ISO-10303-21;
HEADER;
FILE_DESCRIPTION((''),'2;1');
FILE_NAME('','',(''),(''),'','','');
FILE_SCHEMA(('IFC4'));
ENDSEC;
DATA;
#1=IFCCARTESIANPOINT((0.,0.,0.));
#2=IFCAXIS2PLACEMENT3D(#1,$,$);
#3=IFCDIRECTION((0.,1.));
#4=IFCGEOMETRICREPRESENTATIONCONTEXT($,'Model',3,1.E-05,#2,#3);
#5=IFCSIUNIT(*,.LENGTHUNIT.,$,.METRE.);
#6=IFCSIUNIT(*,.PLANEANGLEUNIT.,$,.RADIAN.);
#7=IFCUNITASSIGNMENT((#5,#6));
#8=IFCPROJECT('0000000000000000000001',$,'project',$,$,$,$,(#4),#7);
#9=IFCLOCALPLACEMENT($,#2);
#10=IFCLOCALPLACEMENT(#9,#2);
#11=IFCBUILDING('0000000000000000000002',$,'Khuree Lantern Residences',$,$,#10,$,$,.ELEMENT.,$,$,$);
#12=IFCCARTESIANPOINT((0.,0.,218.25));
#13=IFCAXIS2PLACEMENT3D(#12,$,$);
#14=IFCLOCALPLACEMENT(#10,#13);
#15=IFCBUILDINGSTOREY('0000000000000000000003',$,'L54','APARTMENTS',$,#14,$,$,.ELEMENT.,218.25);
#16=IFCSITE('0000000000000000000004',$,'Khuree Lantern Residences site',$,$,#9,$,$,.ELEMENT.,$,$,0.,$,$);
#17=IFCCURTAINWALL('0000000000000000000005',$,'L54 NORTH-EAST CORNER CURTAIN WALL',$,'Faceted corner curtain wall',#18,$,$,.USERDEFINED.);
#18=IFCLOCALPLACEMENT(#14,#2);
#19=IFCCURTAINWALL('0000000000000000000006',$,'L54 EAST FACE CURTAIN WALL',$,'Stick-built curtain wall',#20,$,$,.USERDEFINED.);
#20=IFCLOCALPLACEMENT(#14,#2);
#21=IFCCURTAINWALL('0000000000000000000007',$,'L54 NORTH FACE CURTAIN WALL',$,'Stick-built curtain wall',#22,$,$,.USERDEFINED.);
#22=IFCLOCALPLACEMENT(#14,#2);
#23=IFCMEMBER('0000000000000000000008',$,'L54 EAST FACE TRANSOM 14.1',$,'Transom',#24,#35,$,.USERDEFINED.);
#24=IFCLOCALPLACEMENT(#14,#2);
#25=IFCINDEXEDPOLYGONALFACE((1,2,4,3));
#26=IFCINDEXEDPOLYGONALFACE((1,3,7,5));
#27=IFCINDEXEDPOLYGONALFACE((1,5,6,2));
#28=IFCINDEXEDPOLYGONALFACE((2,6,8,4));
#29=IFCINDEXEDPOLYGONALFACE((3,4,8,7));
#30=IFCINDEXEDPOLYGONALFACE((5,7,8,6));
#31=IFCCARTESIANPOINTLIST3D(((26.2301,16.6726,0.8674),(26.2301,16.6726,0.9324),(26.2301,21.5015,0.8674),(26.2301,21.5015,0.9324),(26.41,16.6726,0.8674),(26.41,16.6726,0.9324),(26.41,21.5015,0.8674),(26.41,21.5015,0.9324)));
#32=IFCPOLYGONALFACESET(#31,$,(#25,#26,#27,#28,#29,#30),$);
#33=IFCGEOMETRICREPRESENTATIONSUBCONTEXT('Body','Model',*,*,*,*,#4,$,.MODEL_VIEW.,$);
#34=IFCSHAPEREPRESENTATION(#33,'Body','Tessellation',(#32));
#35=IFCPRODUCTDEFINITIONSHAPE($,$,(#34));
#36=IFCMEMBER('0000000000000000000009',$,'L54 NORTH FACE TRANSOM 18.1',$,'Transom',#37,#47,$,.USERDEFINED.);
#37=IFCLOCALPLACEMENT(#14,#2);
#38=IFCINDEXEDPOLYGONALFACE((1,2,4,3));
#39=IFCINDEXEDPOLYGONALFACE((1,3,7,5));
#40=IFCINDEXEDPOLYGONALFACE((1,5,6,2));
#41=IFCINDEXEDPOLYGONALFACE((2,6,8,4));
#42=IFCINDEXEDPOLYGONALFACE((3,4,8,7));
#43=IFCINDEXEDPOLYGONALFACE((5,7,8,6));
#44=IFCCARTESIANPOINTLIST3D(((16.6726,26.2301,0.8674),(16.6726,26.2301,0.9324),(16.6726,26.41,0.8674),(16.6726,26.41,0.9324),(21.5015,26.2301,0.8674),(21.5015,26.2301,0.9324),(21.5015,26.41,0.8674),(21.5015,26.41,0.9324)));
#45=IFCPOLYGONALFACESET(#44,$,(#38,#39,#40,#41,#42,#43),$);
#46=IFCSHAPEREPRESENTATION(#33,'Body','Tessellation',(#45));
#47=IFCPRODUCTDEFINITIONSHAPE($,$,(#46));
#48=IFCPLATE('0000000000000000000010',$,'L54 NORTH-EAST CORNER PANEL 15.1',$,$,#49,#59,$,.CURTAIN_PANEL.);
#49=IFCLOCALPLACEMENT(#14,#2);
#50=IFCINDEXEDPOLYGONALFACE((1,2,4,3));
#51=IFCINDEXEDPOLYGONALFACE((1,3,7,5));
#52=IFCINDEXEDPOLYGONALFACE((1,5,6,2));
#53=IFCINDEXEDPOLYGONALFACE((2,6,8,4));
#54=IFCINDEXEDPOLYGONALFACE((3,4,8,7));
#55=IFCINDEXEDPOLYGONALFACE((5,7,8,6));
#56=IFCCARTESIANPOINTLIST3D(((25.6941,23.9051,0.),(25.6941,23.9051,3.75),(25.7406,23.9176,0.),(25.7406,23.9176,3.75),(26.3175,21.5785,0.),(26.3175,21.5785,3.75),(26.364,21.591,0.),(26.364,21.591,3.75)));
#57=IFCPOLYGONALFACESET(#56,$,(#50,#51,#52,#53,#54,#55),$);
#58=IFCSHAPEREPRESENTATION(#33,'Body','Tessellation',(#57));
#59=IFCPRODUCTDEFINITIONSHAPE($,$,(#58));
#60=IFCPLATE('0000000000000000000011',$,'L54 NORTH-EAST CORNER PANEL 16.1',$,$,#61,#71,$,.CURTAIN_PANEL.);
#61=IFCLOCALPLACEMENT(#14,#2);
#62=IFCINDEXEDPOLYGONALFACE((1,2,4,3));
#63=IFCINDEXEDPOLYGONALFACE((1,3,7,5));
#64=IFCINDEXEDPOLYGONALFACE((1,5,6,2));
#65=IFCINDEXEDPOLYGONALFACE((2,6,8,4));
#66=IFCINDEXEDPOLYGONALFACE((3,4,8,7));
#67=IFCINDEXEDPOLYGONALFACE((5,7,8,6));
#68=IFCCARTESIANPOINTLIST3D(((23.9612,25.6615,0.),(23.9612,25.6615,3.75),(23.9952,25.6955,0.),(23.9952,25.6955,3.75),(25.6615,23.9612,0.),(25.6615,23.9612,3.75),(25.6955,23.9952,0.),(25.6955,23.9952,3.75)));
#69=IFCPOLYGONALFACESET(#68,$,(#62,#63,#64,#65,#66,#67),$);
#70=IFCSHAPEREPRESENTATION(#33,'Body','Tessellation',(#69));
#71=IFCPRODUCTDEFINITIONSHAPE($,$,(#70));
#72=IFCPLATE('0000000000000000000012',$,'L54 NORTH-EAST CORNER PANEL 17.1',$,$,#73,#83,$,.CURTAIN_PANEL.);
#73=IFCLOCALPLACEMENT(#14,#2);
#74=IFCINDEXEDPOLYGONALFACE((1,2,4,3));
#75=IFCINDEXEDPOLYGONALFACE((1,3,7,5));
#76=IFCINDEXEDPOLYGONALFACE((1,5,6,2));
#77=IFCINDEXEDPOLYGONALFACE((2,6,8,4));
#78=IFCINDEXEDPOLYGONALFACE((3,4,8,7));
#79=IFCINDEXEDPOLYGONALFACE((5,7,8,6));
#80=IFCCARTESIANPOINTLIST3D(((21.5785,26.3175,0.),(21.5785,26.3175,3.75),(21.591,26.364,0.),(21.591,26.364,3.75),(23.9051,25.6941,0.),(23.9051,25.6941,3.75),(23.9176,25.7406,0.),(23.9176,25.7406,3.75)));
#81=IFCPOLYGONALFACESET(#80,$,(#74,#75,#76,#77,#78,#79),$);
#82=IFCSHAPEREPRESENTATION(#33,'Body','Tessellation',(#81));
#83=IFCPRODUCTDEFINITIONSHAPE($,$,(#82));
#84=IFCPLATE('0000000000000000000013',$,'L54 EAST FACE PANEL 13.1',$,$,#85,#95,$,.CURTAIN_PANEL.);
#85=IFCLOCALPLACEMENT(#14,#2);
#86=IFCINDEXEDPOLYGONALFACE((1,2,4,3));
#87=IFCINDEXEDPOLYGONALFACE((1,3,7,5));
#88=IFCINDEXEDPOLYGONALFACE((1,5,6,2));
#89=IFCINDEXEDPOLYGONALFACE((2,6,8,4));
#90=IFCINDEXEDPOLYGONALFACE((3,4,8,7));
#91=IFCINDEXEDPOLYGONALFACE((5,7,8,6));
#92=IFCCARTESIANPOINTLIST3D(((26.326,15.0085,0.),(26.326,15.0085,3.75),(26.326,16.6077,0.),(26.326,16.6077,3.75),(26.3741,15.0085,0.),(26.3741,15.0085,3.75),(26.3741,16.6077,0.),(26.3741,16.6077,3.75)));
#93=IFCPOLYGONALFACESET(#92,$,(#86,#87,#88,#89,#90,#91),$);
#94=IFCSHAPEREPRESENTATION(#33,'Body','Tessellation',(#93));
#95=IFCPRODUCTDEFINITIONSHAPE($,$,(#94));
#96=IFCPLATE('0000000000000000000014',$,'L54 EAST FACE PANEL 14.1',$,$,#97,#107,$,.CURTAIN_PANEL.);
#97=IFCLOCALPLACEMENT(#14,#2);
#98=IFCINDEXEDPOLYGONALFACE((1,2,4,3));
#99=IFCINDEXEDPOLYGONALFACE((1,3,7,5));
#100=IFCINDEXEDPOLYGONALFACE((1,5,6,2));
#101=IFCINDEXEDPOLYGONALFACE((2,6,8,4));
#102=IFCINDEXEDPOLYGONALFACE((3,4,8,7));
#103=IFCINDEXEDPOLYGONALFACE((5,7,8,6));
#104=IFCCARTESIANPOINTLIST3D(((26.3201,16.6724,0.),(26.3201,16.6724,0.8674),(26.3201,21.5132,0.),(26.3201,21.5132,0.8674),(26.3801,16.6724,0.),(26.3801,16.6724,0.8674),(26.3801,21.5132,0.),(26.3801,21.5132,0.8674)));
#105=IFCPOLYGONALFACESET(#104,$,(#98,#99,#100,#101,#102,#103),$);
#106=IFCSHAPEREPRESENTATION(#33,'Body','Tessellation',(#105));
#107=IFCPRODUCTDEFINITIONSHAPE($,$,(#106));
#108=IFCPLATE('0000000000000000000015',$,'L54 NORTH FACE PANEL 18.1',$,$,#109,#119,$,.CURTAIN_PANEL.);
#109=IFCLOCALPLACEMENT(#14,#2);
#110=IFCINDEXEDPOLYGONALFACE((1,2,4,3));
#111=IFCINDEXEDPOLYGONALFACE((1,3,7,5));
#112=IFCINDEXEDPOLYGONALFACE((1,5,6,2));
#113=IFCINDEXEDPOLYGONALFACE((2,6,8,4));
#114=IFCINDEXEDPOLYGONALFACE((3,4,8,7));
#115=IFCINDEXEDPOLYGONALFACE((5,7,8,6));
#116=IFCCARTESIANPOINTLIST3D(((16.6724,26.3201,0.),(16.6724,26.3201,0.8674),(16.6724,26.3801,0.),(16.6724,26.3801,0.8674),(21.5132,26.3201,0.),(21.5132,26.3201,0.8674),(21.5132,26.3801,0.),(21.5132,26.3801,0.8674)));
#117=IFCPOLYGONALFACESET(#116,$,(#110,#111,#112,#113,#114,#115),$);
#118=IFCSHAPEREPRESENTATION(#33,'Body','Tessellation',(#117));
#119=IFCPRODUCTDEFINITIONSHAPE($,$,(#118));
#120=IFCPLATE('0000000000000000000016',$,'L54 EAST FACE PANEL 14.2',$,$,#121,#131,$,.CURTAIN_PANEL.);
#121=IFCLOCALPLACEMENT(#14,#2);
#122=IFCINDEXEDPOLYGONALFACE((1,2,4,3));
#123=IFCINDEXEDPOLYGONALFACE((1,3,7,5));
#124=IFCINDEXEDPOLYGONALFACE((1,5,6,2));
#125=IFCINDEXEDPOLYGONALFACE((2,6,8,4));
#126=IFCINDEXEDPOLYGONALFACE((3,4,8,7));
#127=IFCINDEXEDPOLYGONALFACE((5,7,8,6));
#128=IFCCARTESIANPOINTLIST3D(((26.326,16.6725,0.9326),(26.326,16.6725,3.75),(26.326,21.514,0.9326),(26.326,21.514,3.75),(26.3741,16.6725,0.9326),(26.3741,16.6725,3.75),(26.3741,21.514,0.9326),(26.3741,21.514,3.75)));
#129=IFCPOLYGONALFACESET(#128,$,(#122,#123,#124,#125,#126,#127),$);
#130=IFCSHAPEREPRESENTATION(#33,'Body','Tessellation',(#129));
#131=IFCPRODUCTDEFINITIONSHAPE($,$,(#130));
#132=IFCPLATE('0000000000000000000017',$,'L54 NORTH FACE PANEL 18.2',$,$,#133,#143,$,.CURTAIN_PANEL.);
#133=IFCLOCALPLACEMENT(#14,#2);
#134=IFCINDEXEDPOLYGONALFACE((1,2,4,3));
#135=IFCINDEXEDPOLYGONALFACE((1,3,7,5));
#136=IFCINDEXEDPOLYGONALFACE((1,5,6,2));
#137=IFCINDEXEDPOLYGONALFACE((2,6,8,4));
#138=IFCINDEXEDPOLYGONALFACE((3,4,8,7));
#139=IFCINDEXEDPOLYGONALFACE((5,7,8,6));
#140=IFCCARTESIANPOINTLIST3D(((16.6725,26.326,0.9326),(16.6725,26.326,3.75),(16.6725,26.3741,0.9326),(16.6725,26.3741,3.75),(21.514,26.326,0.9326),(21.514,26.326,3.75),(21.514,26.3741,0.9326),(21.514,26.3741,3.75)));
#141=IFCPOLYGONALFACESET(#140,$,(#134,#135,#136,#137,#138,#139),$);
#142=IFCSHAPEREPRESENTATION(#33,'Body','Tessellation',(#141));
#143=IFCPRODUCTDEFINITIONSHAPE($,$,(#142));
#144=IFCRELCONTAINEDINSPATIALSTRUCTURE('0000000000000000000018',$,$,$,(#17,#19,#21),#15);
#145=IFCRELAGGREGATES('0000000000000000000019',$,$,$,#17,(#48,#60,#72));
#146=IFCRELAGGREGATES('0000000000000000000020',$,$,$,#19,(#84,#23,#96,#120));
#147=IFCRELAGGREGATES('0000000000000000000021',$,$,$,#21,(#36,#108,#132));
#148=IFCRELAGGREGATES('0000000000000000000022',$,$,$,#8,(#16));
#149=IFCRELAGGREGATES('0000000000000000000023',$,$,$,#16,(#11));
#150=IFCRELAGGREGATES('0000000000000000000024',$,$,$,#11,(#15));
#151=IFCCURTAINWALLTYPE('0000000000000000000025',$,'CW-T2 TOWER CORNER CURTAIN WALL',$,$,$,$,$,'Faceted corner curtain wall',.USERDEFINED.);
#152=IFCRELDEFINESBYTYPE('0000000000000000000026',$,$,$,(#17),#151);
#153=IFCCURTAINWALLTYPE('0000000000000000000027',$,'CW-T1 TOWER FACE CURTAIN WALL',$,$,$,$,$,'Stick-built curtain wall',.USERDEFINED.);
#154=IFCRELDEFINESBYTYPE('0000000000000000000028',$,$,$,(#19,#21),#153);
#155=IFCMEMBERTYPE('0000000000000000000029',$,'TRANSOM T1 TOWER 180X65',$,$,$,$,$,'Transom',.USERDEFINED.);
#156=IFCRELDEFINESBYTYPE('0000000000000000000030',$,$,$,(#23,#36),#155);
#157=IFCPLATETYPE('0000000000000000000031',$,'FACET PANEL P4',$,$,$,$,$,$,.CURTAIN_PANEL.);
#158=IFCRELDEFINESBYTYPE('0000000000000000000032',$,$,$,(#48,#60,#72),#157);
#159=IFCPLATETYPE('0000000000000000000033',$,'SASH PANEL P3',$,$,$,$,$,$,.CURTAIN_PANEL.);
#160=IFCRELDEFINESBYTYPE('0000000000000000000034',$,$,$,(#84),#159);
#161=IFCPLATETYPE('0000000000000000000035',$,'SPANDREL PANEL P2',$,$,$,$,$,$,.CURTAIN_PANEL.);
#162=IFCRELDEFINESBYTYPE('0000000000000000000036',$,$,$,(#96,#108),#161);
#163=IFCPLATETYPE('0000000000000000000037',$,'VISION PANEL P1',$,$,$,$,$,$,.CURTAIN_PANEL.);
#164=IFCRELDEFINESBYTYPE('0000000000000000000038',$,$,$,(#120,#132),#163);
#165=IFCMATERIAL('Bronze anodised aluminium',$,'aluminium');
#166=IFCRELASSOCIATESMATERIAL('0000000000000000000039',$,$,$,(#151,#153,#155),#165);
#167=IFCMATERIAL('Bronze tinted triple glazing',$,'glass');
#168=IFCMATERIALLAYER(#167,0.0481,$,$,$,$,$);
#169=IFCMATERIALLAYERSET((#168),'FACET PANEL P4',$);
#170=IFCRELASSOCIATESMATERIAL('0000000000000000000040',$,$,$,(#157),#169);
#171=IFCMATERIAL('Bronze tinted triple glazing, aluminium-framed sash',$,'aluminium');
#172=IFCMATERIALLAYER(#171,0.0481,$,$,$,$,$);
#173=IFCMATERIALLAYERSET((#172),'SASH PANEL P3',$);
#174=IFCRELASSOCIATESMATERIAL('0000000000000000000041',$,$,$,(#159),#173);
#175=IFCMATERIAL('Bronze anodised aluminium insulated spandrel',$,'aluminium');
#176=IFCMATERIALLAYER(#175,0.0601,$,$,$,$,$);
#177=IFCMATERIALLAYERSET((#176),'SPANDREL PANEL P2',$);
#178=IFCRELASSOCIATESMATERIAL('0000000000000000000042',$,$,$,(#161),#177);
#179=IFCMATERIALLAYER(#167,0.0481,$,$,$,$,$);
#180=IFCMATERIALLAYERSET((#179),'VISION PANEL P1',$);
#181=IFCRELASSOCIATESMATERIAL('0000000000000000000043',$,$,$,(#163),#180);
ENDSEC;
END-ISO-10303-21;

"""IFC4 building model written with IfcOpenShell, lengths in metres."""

from ifc_helpers import new_model, si_unit, direction, frame, origin, origin_2d, place, context, subcontext, project, spatial, rectangle, extrude, material, layer, layer_set, material_profile, profile_set, type_object, element, aggregate, save


model = new_model("IFC4")

# Units and contexts
model_context = context("Model", 3, precision=1e-05, world=origin(), true_north=direction((0.0, 1.0)))
body_context = subcontext(model_context, "Body", "Model", "MODEL_VIEW")
ifc_project = project(units=[si_unit("LENGTHUNIT", "METRE"), si_unit("PLANEANGLEUNIT", "RADIAN")], contexts=[model_context])

# Site, building, storey
site_placement = place(None, origin())
site = spatial("IfcSite", under=ifc_project, at=site_placement, Name="Khuree Lantern Residences site", CompositionType="ELEMENT", RefElevation=0.0)
building_placement = place(site_placement, origin())
building = spatial("IfcBuilding", under=site, at=building_placement, Name="Khuree Lantern Residences", CompositionType="ELEMENT")
storey_placement = place(building_placement, frame((0.0, 0.0, 218.25)))
storey = spatial("IfcBuildingStorey", under=building, at=storey_placement, Name="L54", Description="APARTMENTS", CompositionType="ELEMENT", Elevation=218.25)

# Curtain wall
ifc_material_1 = material(Name="Bronze anodised aluminium", Category="aluminium")
curtain_wall_type_1 = type_object("IfcCurtainWallType", Name="CW-T2 TOWER CORNER CURTAIN WALL", ElementType="Faceted corner curtain wall", PredefinedType="USERDEFINED", material=ifc_material_1)
curtain_wall_1_placement = place(storey_placement, origin())
curtain_wall_1 = element("IfcCurtainWall", 1, at=curtain_wall_1_placement, inside=storey, type_object=curtain_wall_type_1, Name="L54 NORTH-EAST CORNER CURTAIN WALL", ObjectType="Faceted corner curtain wall", PredefinedType="USERDEFINED")

# Curtain wall
curtain_wall_type_2 = type_object("IfcCurtainWallType", Name="CW-T1 TOWER FACE CURTAIN WALL", ElementType="Stick-built curtain wall", PredefinedType="USERDEFINED", material=ifc_material_1)
curtain_wall_2_placement = place(storey_placement, origin())
curtain_wall_2 = element("IfcCurtainWall", 2, at=curtain_wall_2_placement, inside=storey, type_object=curtain_wall_type_2, Name="L54 EAST FACE CURTAIN WALL", ObjectType="Stick-built curtain wall", PredefinedType="USERDEFINED")

# Curtain wall
curtain_wall_3_placement = place(storey_placement, origin())
curtain_wall_3 = element("IfcCurtainWall", 3, at=curtain_wall_3_placement, inside=storey, type_object=curtain_wall_type_2, Name="L54 NORTH FACE CURTAIN WALL", ObjectType="Stick-built curtain wall", PredefinedType="USERDEFINED")

# Members
ifc_material_profile_1 = material_profile(ifc_material_1, rectangle(XDim=0.1799, YDim=0.0649, at=origin_2d()), Name="T1 180X65")
ifc_profile_set_1 = profile_set([ifc_material_profile_1], Name="Bronze anodised aluminium")
member_type_1 = type_object("IfcMemberType", Name="TRANSOM T1 TOWER 180X65", ElementType="Transom", PredefinedType="USERDEFINED", material=ifc_profile_set_1)
member_1_placement = place(storey_placement, frame((26.3201, 16.6726, 0.8999), z_axis=(0.0, 1.0, 0.0), x_axis=(-1.0, 0.0, 0.0)))
member_1 = element("IfcMember", 4, at=member_1_placement, type_object=member_type_1, Name="L54 EAST FACE TRANSOM 14.1", ObjectType="Transom", PredefinedType="USERDEFINED", context=body_context, shape_type="SweptSolid", body=[
    extrude(rectangle(XDim=0.1799, YDim=0.0649, at=origin_2d()), origin(), (0.0, 0.0, 1.0), 4.8289),
])
member_2_placement = place(storey_placement, frame((21.5015, 26.3201, 0.8999), z_axis=(-1.0, 0.0, 0.0), x_axis=(0.0, -1.0, 0.0)))
member_2 = element("IfcMember", 5, at=member_2_placement, type_object=member_type_1, Name="L54 NORTH FACE TRANSOM 18.1", ObjectType="Transom", PredefinedType="USERDEFINED", context=body_context, shape_type="SweptSolid", body=[
    extrude(rectangle(XDim=0.1799, YDim=0.0649, at=origin_2d()), origin(), (0.0, 0.0, 1.0), 4.8289),
])

# Plates
ifc_material_2 = material(Name="Bronze tinted triple glazing", Category="glass")
ifc_layer_1 = layer(ifc_material_2, 0.0481)
ifc_layer_set_1 = layer_set([ifc_layer_1], Name="FACET PANEL P4")
plate_type_1 = type_object("IfcPlateType", Name="FACET PANEL P4", PredefinedType="CURTAIN_PANEL", material=ifc_layer_set_1)
plate_1_placement = place(storey_placement, frame((26.0291, 22.748, 0.0), z_axis=(0.0, 0.0, 1.0), x_axis=(-0.258819, 0.965926, 0.0)))
plate_1 = element("IfcPlate", 6, at=plate_1_placement, type_object=plate_type_1, Name="L54 NORTH-EAST CORNER PANEL 15.1", PredefinedType="CURTAIN_PANEL", context=body_context, shape_type="SweptSolid", body=[
    extrude(rectangle(XDim=2.4087, YDim=0.0481, at=origin_2d()), origin(), (0.0, 0.0, 1.0), 3.75),
])
plate_2_placement = place(storey_placement, frame((24.8284, 24.8284, 0.0), z_axis=(0.0, 0.0, 1.0), x_axis=(-0.707107, 0.707107, 0.0)))
plate_2 = element("IfcPlate", 7, at=plate_2_placement, type_object=plate_type_1, Name="L54 NORTH-EAST CORNER PANEL 16.1", PredefinedType="CURTAIN_PANEL", context=body_context, shape_type="SweptSolid", body=[
    extrude(rectangle(XDim=2.4045, YDim=0.0481, at=origin_2d()), origin(), (0.0, 0.0, 1.0), 3.75),
])
plate_3_placement = place(storey_placement, frame((22.748, 26.0291, 0.0), z_axis=(0.0, 0.0, 1.0), x_axis=(-0.965926, 0.258819, 0.0)))
plate_3 = element("IfcPlate", 8, at=plate_3_placement, type_object=plate_type_1, Name="L54 NORTH-EAST CORNER PANEL 17.1", PredefinedType="CURTAIN_PANEL", context=body_context, shape_type="SweptSolid", body=[
    extrude(rectangle(XDim=2.4087, YDim=0.0481, at=origin_2d()), origin(), (0.0, 0.0, 1.0), 3.75),
])
aggregate(curtain_wall_1, [plate_1, plate_2, plate_3])
ifc_material_3 = material(Name="Bronze tinted triple glazing, aluminium-framed sash", Category="aluminium")
ifc_layer_2 = layer(ifc_material_3, 0.0481)
ifc_layer_set_2 = layer_set([ifc_layer_2], Name="SASH PANEL P3")
plate_type_2 = type_object("IfcPlateType", Name="SASH PANEL P3", PredefinedType="CURTAIN_PANEL", material=ifc_layer_set_2)
plate_4_placement = place(storey_placement, frame((26.3501, 15.8081, 0.0), z_axis=(0.0, 0.0, 1.0), x_axis=(0.0, 1.0, 0.0)))
plate_4 = element("IfcPlate", 9, at=plate_4_placement, type_object=plate_type_2, Name="L54 EAST FACE PANEL 13.1", PredefinedType="CURTAIN_PANEL", context=body_context, shape_type="SweptSolid", body=[
    extrude(rectangle(XDim=1.5991, YDim=0.0481, at=origin_2d()), origin(), (0.0, 0.0, 1.0), 3.75),
])
ifc_material_4 = material(Name="Bronze anodised aluminium insulated spandrel", Category="aluminium")
ifc_layer_3 = layer(ifc_material_4, 0.0601)
ifc_layer_set_3 = layer_set([ifc_layer_3], Name="SPANDREL PANEL P2")
plate_type_3 = type_object("IfcPlateType", Name="SPANDREL PANEL P2", PredefinedType="CURTAIN_PANEL", material=ifc_layer_set_3)
plate_5_placement = place(storey_placement, frame((26.3501, 19.0928, 0.0), z_axis=(0.0, 0.0, 1.0), x_axis=(0.0, 1.0, 0.0)))
plate_5 = element("IfcPlate", 10, at=plate_5_placement, type_object=plate_type_3, Name="L54 EAST FACE PANEL 14.1", PredefinedType="CURTAIN_PANEL", context=body_context, shape_type="SweptSolid", body=[
    extrude(rectangle(XDim=4.8408, YDim=0.0601, at=origin_2d()), origin(), (0.0, 0.0, 1.0), 0.8674),
])
plate_6_placement = place(storey_placement, frame((19.0928, 26.3501, 0.0), z_axis=(0.0, 0.0, 1.0), x_axis=(-1.0, 0.0, 0.0)))
plate_6 = element("IfcPlate", 11, at=plate_6_placement, type_object=plate_type_3, Name="L54 NORTH FACE PANEL 18.1", PredefinedType="CURTAIN_PANEL", context=body_context, shape_type="SweptSolid", body=[
    extrude(rectangle(XDim=4.8408, YDim=0.0601, at=origin_2d()), origin(), (0.0, 0.0, 1.0), 0.8674),
])
ifc_layer_4 = layer(ifc_material_2, 0.0481)
ifc_layer_set_4 = layer_set([ifc_layer_4], Name="VISION PANEL P1")
plate_type_4 = type_object("IfcPlateType", Name="VISION PANEL P1", PredefinedType="CURTAIN_PANEL", material=ifc_layer_set_4)
plate_7_placement = place(storey_placement, frame((26.3501, 19.0933, 0.9326), z_axis=(0.0, 0.0, 1.0), x_axis=(0.0, 1.0, 0.0)))
plate_7 = element("IfcPlate", 12, at=plate_7_placement, type_object=plate_type_4, Name="L54 EAST FACE PANEL 14.2", PredefinedType="CURTAIN_PANEL", context=body_context, shape_type="SweptSolid", body=[
    extrude(rectangle(XDim=4.8416, YDim=0.0481, at=origin_2d()), origin(), (0.0, 0.0, 1.0), 2.8174),
])
aggregate(curtain_wall_2, [plate_4, member_1, plate_5, plate_7])
plate_8_placement = place(storey_placement, frame((19.0933, 26.3501, 0.9326), z_axis=(0.0, 0.0, 1.0), x_axis=(-1.0, 0.0, 0.0)))
plate_8 = element("IfcPlate", 13, at=plate_8_placement, type_object=plate_type_4, Name="L54 NORTH FACE PANEL 18.2", PredefinedType="CURTAIN_PANEL", context=body_context, shape_type="SweptSolid", body=[
    extrude(rectangle(XDim=4.8416, YDim=0.0481, at=origin_2d()), origin(), (0.0, 0.0, 1.0), 2.8174),
])
aggregate(curtain_wall_3, [member_2, plate_6, plate_8])

save(model, "model.ifc")
